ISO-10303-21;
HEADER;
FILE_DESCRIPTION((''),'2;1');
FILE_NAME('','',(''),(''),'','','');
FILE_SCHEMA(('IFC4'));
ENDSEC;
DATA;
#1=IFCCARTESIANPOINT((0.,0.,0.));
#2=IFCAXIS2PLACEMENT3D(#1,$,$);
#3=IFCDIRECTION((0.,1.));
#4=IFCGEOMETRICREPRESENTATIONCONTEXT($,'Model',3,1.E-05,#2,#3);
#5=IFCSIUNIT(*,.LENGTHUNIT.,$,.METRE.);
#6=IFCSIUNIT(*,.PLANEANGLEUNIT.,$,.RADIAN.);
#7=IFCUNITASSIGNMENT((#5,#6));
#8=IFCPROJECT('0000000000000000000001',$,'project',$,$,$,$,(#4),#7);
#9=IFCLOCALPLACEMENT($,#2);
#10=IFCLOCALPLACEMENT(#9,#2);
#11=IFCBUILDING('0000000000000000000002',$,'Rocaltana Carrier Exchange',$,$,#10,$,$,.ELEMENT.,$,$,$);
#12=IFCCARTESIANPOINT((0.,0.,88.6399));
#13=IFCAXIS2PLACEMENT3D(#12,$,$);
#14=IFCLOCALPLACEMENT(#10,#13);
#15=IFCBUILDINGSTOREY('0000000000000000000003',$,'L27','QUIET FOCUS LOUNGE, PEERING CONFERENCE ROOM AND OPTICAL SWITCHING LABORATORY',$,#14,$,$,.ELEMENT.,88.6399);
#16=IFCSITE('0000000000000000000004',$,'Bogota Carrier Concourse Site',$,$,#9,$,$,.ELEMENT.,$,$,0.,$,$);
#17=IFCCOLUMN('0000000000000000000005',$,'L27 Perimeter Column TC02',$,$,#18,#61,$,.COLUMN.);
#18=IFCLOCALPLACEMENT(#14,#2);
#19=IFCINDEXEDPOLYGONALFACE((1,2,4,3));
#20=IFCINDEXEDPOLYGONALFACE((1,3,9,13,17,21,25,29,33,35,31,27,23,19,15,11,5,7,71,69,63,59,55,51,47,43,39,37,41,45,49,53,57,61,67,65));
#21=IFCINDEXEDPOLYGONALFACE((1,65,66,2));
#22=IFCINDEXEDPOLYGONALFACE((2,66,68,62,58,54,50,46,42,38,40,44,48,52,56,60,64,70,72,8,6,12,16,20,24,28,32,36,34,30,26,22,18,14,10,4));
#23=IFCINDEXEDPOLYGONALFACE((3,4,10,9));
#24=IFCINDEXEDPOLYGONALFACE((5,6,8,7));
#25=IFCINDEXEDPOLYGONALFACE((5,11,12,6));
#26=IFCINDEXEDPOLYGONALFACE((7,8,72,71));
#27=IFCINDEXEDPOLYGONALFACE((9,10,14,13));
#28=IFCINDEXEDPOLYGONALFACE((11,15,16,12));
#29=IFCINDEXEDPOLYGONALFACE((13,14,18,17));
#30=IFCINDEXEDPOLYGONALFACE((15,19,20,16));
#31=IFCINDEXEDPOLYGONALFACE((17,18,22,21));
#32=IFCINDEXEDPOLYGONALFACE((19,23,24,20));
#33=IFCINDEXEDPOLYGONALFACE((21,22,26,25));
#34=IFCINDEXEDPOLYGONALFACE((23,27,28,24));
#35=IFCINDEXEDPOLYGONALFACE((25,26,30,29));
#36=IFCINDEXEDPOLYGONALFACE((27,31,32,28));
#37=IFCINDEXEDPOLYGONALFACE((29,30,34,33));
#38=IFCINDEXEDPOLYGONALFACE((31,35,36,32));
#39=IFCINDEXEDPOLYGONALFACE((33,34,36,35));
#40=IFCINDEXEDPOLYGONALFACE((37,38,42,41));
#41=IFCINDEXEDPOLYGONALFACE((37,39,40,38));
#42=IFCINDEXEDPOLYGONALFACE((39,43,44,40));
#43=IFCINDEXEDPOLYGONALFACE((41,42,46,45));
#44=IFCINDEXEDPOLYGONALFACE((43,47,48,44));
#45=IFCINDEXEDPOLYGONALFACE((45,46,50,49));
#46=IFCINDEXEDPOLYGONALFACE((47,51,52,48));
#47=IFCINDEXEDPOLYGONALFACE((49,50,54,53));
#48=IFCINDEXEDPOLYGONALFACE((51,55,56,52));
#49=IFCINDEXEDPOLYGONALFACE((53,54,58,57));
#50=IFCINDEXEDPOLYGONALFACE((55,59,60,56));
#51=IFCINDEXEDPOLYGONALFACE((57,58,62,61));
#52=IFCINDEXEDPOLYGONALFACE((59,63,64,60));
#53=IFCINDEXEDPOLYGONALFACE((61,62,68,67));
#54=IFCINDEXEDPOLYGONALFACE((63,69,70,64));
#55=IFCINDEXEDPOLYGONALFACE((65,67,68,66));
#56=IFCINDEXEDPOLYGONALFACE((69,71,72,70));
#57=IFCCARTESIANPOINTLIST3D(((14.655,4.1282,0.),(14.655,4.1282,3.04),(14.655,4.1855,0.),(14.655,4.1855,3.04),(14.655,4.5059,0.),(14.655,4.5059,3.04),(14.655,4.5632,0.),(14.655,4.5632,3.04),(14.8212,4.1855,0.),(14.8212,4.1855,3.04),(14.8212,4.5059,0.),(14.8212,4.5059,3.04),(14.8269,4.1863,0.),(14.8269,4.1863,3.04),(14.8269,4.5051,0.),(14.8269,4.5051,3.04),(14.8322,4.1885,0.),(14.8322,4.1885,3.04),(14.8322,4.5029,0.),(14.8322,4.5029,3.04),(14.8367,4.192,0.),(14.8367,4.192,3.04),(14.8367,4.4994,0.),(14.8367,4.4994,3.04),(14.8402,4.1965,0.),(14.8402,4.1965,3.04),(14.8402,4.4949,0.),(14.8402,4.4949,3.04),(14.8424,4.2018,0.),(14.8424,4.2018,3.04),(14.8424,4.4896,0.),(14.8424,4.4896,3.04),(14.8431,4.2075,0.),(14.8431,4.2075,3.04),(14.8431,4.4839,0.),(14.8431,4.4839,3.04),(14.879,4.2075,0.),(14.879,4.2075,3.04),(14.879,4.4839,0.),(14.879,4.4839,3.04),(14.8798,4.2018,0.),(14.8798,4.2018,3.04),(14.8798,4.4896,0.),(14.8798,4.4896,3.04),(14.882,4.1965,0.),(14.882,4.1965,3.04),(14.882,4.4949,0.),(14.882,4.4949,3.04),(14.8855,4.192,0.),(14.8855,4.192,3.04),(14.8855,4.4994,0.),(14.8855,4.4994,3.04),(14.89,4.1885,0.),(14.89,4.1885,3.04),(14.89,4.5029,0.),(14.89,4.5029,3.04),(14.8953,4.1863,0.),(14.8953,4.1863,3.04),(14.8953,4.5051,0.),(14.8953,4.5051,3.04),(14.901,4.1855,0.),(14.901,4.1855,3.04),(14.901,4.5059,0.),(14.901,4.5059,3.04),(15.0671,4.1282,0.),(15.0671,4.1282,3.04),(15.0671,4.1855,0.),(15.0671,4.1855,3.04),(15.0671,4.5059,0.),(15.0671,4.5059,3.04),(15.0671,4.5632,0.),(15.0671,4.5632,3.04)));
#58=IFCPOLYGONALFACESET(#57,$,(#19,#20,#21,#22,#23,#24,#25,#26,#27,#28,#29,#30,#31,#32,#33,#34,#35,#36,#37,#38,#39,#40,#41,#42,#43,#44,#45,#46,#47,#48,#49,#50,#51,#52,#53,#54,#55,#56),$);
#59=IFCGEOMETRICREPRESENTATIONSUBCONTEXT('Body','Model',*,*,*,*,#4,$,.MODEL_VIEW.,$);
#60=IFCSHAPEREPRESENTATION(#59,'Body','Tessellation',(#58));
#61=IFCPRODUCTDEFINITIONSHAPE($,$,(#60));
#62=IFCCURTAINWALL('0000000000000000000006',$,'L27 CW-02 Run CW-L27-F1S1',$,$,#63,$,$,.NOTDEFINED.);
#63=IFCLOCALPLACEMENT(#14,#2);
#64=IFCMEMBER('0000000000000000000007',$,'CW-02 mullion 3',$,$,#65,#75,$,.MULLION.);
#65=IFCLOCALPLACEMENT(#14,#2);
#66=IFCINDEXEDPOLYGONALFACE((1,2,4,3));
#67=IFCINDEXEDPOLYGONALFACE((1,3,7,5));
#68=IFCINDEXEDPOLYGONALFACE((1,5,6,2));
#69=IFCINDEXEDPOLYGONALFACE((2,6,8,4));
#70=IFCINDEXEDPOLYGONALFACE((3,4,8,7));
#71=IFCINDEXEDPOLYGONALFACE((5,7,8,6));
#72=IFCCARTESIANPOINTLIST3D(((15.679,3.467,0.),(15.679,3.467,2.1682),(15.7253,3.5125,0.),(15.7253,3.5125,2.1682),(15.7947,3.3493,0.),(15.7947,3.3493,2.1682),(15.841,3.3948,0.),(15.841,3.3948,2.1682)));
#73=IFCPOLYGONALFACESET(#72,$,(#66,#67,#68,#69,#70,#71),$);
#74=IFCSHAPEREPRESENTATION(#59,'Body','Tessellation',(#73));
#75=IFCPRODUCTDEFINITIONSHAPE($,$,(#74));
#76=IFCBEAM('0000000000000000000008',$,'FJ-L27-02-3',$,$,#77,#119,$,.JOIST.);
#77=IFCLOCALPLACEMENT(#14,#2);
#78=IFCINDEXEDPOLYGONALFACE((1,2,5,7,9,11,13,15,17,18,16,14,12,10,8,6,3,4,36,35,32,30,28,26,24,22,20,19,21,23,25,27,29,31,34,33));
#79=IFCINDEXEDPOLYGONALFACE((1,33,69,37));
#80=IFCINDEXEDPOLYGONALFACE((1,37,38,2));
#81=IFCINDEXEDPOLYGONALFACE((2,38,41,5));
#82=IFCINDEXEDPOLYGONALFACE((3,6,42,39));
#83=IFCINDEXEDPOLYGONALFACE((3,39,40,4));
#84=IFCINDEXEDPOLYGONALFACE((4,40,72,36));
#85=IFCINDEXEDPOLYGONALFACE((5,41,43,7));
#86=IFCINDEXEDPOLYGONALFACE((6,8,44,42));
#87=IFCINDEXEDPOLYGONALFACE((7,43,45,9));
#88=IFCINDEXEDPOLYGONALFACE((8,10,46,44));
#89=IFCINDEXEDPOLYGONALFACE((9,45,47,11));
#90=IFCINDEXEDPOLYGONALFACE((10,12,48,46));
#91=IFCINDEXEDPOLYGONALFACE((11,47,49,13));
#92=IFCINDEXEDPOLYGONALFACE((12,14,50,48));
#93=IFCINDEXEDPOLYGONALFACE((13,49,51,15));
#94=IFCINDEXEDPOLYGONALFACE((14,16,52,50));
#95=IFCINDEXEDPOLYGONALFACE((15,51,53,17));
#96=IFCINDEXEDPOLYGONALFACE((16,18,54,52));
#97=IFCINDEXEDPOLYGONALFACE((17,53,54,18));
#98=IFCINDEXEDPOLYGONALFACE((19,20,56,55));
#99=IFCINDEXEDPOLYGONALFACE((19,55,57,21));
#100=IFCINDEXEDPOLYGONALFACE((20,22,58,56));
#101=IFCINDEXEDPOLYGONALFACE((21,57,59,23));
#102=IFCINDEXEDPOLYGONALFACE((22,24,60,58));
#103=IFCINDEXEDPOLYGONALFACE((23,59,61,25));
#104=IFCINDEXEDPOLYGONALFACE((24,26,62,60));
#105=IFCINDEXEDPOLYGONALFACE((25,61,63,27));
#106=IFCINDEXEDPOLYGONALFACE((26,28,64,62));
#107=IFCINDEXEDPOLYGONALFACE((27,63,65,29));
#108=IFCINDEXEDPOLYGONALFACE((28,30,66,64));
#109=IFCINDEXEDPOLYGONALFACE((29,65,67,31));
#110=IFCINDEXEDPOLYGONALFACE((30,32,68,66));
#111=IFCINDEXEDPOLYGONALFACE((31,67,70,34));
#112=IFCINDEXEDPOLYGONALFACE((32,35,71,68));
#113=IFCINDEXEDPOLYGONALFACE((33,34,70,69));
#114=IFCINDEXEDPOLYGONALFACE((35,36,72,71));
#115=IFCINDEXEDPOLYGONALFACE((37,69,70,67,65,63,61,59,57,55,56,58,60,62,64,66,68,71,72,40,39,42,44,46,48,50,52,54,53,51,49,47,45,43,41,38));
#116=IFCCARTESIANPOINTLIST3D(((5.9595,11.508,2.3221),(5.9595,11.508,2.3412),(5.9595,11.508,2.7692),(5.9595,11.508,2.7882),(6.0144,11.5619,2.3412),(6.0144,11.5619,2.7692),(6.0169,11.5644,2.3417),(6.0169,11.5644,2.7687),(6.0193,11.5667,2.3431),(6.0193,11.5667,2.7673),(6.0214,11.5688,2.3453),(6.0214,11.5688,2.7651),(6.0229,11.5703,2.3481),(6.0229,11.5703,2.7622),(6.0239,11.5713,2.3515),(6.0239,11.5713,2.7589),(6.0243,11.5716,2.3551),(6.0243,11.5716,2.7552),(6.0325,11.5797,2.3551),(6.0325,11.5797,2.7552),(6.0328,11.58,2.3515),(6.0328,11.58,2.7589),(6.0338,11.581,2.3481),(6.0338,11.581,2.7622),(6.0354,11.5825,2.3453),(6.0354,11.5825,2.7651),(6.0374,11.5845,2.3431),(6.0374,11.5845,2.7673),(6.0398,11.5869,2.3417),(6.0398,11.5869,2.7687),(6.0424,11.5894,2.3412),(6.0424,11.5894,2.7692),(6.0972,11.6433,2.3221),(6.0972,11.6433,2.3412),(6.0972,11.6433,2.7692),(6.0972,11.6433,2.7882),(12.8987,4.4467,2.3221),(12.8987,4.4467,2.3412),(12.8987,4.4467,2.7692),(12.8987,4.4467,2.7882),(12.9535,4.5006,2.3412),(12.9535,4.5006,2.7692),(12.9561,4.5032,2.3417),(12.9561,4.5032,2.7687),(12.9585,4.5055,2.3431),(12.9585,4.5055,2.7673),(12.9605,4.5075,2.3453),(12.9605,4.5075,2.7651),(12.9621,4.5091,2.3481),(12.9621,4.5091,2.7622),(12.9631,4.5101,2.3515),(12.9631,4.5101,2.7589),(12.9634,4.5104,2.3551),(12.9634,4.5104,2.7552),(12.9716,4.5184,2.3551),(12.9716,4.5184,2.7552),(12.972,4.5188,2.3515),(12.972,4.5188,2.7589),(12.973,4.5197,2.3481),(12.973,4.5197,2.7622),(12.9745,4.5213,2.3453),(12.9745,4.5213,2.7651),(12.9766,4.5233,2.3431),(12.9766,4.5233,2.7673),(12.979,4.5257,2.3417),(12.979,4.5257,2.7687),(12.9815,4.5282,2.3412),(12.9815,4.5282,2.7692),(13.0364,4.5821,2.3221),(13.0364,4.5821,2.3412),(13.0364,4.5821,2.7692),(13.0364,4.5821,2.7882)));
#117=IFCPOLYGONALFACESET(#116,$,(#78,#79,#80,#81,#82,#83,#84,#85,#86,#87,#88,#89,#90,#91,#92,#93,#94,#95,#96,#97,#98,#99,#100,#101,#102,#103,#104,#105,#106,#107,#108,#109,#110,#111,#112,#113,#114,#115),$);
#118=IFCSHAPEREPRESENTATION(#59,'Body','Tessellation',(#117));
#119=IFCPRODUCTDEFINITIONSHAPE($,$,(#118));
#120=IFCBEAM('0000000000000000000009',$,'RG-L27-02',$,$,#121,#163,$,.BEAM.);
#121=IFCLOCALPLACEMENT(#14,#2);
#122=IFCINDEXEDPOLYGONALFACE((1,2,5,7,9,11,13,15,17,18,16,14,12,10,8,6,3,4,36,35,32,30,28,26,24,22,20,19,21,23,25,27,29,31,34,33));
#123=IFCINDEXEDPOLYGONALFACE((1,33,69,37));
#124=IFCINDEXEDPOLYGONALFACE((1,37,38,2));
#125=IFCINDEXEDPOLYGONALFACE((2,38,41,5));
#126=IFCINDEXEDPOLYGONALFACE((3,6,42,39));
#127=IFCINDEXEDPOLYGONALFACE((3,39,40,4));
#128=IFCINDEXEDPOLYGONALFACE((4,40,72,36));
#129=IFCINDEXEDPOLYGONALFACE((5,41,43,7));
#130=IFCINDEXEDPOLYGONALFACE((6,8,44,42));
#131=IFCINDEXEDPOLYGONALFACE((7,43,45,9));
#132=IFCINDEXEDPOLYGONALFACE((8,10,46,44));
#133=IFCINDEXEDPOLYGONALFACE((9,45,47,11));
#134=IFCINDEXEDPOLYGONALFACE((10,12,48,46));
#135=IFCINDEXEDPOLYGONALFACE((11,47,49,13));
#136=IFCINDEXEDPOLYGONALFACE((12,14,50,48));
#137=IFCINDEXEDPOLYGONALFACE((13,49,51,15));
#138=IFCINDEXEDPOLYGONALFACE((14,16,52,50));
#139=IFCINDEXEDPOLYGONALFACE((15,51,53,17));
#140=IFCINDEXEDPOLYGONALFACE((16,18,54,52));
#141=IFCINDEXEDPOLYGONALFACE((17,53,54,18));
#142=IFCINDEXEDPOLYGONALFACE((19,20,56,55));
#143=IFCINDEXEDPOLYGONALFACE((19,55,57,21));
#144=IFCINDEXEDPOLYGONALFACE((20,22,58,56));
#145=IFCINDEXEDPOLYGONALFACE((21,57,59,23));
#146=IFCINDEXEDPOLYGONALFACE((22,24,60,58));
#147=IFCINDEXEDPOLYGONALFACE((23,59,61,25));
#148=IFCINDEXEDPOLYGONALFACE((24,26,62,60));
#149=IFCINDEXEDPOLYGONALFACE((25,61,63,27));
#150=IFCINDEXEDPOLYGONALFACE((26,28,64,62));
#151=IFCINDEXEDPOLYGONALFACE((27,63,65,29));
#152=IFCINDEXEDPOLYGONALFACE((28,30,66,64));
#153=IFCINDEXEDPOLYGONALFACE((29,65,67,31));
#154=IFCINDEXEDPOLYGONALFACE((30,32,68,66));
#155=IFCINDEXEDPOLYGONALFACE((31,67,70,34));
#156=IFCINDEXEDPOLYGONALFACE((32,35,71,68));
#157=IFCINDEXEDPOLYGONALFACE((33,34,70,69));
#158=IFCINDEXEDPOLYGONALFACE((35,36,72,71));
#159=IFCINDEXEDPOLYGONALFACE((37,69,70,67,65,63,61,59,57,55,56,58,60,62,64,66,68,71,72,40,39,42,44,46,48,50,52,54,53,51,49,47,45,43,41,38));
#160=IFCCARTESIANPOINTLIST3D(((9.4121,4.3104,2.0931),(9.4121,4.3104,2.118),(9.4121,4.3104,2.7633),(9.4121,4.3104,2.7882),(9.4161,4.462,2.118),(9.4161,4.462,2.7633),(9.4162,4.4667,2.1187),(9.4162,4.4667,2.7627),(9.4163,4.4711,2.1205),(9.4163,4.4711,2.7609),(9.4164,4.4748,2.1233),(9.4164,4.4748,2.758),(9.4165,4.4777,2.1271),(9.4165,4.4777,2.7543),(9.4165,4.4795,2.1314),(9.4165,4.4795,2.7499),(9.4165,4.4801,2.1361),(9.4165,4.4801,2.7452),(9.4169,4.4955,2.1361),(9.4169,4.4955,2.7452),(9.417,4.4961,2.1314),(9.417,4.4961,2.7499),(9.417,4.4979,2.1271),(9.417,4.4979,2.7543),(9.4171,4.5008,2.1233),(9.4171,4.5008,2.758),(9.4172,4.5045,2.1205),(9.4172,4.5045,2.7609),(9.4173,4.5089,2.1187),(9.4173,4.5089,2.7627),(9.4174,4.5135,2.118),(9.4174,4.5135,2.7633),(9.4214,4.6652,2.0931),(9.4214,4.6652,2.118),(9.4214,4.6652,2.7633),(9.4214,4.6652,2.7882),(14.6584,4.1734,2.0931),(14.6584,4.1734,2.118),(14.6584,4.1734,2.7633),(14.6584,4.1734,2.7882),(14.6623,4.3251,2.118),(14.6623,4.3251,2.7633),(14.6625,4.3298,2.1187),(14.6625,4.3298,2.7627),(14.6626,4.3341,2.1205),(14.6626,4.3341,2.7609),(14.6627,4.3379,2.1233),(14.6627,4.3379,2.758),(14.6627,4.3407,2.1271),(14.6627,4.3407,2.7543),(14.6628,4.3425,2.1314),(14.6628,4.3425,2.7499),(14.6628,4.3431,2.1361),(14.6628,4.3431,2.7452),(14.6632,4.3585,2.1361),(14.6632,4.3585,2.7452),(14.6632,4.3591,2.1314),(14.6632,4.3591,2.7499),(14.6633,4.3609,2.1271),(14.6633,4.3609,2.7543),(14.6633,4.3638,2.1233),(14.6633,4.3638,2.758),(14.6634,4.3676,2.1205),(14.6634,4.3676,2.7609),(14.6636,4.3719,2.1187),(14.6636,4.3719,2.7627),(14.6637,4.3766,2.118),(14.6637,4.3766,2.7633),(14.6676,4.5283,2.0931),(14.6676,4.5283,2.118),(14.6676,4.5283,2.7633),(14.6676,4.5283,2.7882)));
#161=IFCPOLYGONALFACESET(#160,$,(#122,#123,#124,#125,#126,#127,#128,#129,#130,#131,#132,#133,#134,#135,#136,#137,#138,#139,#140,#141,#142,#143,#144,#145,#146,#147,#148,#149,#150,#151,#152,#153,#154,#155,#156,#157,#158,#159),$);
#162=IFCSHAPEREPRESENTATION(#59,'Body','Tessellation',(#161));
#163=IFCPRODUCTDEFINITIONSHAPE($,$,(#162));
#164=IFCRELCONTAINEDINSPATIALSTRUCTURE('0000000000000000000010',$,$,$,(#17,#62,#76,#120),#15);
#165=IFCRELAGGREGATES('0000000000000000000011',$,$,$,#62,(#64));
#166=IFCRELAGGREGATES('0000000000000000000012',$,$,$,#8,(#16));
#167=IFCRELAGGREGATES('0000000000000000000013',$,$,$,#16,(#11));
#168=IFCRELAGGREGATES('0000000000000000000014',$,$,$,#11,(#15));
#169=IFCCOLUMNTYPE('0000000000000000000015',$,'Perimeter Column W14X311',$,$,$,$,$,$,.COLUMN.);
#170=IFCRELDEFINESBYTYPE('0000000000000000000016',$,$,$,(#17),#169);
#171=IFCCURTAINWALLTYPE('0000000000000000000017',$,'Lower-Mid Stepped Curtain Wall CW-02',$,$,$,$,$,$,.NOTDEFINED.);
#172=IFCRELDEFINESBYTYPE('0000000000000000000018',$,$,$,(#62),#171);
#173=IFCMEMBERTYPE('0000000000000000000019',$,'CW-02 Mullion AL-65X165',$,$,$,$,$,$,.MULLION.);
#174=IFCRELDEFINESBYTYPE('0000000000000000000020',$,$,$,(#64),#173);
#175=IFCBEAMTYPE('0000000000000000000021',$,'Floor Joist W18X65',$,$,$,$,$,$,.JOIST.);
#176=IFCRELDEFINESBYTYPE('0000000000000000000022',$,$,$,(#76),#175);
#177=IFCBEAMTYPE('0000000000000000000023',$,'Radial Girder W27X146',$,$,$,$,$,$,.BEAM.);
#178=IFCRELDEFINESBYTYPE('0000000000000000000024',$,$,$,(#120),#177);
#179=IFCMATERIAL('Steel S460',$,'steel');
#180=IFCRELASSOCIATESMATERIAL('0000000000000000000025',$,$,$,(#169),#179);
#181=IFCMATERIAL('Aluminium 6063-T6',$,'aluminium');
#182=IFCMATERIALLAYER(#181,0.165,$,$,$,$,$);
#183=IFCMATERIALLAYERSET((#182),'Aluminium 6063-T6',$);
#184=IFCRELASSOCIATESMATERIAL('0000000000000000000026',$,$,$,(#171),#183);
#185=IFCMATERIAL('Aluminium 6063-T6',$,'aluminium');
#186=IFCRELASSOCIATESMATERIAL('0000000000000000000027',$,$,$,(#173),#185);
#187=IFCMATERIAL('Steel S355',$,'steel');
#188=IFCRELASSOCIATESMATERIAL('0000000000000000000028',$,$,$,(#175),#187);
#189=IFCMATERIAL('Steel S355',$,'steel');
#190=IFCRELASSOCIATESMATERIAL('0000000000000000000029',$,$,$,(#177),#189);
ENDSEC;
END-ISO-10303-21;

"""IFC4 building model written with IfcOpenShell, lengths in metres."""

from ifc_helpers import new_model, si_unit, direction, frame, origin, origin_2d, place, context, subcontext, project, spatial, rectangle, i_section, extrude, material, layer, layer_set, material_profile, profile_set, type_object, element, aggregate, save


model = new_model("IFC4")

# Units and contexts
model_context = context("Model", 3, precision=1e-05, world=origin(), true_north=direction((0.0, 1.0)))
body_context = subcontext(model_context, "Body", "Model", "MODEL_VIEW")
ifc_project = project(units=[si_unit("LENGTHUNIT", "METRE"), si_unit("PLANEANGLEUNIT", "RADIAN")], contexts=[model_context])

# Site, building, storey
site_placement = place(None, origin())
site = spatial("IfcSite", under=ifc_project, at=site_placement, Name="Bogota Carrier Concourse Site", CompositionType="ELEMENT", RefElevation=0.0)
building_placement = place(site_placement, origin())
building = spatial("IfcBuilding", under=site, at=building_placement, Name="Rocaltana Carrier Exchange", CompositionType="ELEMENT")
storey_placement = place(building_placement, frame((0.0, 0.0, 88.6399)))
storey = spatial("IfcBuildingStorey", under=building, at=storey_placement, Name="L27", Description="QUIET FOCUS LOUNGE, PEERING CONFERENCE ROOM AND OPTICAL SWITCHING LABORATORY", CompositionType="ELEMENT", Elevation=88.6399)

# Column
ifc_material_1 = material(Name="Steel S460", Category="steel")
ifc_material_profile_1 = material_profile(ifc_material_1, i_section(OverallWidth=0.4121, OverallDepth=0.4351, WebThickness=0.0359, FlangeThickness=0.0574, FilletRadius=0.022, at=origin_2d()), Name="W14X311")
ifc_profile_set_1 = profile_set([ifc_material_profile_1], Name="Steel S460")
column_type_1 = type_object("IfcColumnType", Name="Perimeter Column W14X311", PredefinedType="COLUMN", material=ifc_profile_set_1)
column_placement = place(storey_placement, frame((14.8611, 4.3457, 0.0), z_axis=(0.0, 0.0, 1.0), x_axis=(1.0, 0.0, 0.0)))
element("IfcColumn", 1, at=column_placement, inside=storey, type_object=column_type_1, Name="L27 Perimeter Column TC02", PredefinedType="COLUMN", context=body_context, shape_type="SweptSolid", body=[
    extrude(i_section(OverallWidth=0.4121, OverallDepth=0.4351, WebThickness=0.0359, FlangeThickness=0.0574, FilletRadius=0.022, at=origin_2d()), origin(), (0.0, 0.0, 1.0), 3.04),
])

# Curtain wall, member
ifc_material_2 = material(Name="Aluminium 6063-T6", Category="aluminium")
ifc_layer_1 = layer(ifc_material_2, 0.165)
ifc_layer_set_1 = layer_set([ifc_layer_1], Name="Aluminium 6063-T6")
curtain_wall_type = type_object("IfcCurtainWallType", Name="Lower-Mid Stepped Curtain Wall CW-02", PredefinedType="NOTDEFINED", material=ifc_layer_set_1)
curtain_wall_placement = place(storey_placement, origin())
curtain_wall = element("IfcCurtainWall", 2, at=curtain_wall_placement, inside=storey, type_object=curtain_wall_type, Name="L27 CW-02 Run CW-L27-F1S1", PredefinedType="NOTDEFINED")
ifc_material_3 = material(Name="Aluminium 6063-T6", Category="aluminium")
ifc_material_profile_2 = material_profile(ifc_material_3, rectangle(XDim=0.0649, YDim=0.165, at=origin_2d()), Name="AL-65X165")
ifc_profile_set_2 = profile_set([ifc_material_profile_2], Name="Aluminium 6063-T6")
member_type = type_object("IfcMemberType", Name="CW-02 Mullion AL-65X165", PredefinedType="MULLION", material=ifc_profile_set_2)
member_placement = place(storey_placement, frame((15.76, 3.4309, 0.0), z_axis=(0.0, 0.0, 1.0), x_axis=(-0.713245, -0.700915, 0.0)))
member = element("IfcMember", 3, at=member_placement, type_object=member_type, Name="CW-02 mullion 3", PredefinedType="MULLION", context=body_context, shape_type="SweptSolid", body=[
    extrude(rectangle(XDim=0.0649, YDim=0.165, at=origin_2d()), origin(), (0.0, 0.0, 1.0), 2.1682),
])

# Beams
ifc_material_4 = material(Name="Steel S355", Category="steel")
ifc_material_profile_3 = material_profile(ifc_material_4, i_section(OverallWidth=0.1931, OverallDepth=0.4661, WebThickness=0.0115, FlangeThickness=0.019, FilletRadius=0.0139, at=origin_2d()), Name="W18X65")
ifc_profile_set_3 = profile_set([ifc_material_profile_3], Name="Steel S355")
beam_type_1 = type_object("IfcBeamType", Name="Floor Joist W18X65", PredefinedType="JOIST", material=ifc_profile_set_3)
beam_1_placement = place(storey_placement, frame((12.9675, 4.5144, 2.5552), z_axis=(-0.700915, 0.713245, 0.0), x_axis=(-0.713245, -0.700915, 0.0)))
element("IfcBeam", 4, at=beam_1_placement, inside=storey, type_object=beam_type_1, Name="FJ-L27-02-3", PredefinedType="JOIST", context=body_context, shape_type="SweptSolid", body=[
    extrude(i_section(OverallWidth=0.1931, OverallDepth=0.4661, WebThickness=0.0115, FlangeThickness=0.019, FilletRadius=0.0139, at=origin_2d()), origin(), (0.0, 0.0, 1.0), 9.9001),
])
ifc_material_5 = material(Name="Steel S355", Category="steel")
ifc_material_profile_4 = material_profile(ifc_material_5, i_section(OverallWidth=0.355, OverallDepth=0.6951, WebThickness=0.0154, FlangeThickness=0.0249, FilletRadius=0.0181, at=origin_2d()), Name="W27X146")
ifc_profile_set_4 = profile_set([ifc_material_profile_4], Name="Steel S355")
beam_type_2 = type_object("IfcBeamType", Name="Radial Girder W27X146", PredefinedType="BEAM", material=ifc_profile_set_4)
beam_2_placement = place(storey_placement, frame((9.4167, 4.4878, 2.4407), z_axis=(0.999659, -0.026097, 0.0), x_axis=(0.026097, 0.999659, 0.0)))
element("IfcBeam", 5, at=beam_2_placement, inside=storey, type_object=beam_type_2, Name="RG-L27-02", PredefinedType="BEAM", context=body_context, shape_type="SweptSolid", body=[
    extrude(i_section(OverallWidth=0.355, OverallDepth=0.6951, WebThickness=0.0154, FlangeThickness=0.0249, FilletRadius=0.0181, at=origin_2d()), origin(), (0.0, 0.0, 1.0), 5.248),
])

aggregate(curtain_wall, [member])

save(model, "model.ifc")
